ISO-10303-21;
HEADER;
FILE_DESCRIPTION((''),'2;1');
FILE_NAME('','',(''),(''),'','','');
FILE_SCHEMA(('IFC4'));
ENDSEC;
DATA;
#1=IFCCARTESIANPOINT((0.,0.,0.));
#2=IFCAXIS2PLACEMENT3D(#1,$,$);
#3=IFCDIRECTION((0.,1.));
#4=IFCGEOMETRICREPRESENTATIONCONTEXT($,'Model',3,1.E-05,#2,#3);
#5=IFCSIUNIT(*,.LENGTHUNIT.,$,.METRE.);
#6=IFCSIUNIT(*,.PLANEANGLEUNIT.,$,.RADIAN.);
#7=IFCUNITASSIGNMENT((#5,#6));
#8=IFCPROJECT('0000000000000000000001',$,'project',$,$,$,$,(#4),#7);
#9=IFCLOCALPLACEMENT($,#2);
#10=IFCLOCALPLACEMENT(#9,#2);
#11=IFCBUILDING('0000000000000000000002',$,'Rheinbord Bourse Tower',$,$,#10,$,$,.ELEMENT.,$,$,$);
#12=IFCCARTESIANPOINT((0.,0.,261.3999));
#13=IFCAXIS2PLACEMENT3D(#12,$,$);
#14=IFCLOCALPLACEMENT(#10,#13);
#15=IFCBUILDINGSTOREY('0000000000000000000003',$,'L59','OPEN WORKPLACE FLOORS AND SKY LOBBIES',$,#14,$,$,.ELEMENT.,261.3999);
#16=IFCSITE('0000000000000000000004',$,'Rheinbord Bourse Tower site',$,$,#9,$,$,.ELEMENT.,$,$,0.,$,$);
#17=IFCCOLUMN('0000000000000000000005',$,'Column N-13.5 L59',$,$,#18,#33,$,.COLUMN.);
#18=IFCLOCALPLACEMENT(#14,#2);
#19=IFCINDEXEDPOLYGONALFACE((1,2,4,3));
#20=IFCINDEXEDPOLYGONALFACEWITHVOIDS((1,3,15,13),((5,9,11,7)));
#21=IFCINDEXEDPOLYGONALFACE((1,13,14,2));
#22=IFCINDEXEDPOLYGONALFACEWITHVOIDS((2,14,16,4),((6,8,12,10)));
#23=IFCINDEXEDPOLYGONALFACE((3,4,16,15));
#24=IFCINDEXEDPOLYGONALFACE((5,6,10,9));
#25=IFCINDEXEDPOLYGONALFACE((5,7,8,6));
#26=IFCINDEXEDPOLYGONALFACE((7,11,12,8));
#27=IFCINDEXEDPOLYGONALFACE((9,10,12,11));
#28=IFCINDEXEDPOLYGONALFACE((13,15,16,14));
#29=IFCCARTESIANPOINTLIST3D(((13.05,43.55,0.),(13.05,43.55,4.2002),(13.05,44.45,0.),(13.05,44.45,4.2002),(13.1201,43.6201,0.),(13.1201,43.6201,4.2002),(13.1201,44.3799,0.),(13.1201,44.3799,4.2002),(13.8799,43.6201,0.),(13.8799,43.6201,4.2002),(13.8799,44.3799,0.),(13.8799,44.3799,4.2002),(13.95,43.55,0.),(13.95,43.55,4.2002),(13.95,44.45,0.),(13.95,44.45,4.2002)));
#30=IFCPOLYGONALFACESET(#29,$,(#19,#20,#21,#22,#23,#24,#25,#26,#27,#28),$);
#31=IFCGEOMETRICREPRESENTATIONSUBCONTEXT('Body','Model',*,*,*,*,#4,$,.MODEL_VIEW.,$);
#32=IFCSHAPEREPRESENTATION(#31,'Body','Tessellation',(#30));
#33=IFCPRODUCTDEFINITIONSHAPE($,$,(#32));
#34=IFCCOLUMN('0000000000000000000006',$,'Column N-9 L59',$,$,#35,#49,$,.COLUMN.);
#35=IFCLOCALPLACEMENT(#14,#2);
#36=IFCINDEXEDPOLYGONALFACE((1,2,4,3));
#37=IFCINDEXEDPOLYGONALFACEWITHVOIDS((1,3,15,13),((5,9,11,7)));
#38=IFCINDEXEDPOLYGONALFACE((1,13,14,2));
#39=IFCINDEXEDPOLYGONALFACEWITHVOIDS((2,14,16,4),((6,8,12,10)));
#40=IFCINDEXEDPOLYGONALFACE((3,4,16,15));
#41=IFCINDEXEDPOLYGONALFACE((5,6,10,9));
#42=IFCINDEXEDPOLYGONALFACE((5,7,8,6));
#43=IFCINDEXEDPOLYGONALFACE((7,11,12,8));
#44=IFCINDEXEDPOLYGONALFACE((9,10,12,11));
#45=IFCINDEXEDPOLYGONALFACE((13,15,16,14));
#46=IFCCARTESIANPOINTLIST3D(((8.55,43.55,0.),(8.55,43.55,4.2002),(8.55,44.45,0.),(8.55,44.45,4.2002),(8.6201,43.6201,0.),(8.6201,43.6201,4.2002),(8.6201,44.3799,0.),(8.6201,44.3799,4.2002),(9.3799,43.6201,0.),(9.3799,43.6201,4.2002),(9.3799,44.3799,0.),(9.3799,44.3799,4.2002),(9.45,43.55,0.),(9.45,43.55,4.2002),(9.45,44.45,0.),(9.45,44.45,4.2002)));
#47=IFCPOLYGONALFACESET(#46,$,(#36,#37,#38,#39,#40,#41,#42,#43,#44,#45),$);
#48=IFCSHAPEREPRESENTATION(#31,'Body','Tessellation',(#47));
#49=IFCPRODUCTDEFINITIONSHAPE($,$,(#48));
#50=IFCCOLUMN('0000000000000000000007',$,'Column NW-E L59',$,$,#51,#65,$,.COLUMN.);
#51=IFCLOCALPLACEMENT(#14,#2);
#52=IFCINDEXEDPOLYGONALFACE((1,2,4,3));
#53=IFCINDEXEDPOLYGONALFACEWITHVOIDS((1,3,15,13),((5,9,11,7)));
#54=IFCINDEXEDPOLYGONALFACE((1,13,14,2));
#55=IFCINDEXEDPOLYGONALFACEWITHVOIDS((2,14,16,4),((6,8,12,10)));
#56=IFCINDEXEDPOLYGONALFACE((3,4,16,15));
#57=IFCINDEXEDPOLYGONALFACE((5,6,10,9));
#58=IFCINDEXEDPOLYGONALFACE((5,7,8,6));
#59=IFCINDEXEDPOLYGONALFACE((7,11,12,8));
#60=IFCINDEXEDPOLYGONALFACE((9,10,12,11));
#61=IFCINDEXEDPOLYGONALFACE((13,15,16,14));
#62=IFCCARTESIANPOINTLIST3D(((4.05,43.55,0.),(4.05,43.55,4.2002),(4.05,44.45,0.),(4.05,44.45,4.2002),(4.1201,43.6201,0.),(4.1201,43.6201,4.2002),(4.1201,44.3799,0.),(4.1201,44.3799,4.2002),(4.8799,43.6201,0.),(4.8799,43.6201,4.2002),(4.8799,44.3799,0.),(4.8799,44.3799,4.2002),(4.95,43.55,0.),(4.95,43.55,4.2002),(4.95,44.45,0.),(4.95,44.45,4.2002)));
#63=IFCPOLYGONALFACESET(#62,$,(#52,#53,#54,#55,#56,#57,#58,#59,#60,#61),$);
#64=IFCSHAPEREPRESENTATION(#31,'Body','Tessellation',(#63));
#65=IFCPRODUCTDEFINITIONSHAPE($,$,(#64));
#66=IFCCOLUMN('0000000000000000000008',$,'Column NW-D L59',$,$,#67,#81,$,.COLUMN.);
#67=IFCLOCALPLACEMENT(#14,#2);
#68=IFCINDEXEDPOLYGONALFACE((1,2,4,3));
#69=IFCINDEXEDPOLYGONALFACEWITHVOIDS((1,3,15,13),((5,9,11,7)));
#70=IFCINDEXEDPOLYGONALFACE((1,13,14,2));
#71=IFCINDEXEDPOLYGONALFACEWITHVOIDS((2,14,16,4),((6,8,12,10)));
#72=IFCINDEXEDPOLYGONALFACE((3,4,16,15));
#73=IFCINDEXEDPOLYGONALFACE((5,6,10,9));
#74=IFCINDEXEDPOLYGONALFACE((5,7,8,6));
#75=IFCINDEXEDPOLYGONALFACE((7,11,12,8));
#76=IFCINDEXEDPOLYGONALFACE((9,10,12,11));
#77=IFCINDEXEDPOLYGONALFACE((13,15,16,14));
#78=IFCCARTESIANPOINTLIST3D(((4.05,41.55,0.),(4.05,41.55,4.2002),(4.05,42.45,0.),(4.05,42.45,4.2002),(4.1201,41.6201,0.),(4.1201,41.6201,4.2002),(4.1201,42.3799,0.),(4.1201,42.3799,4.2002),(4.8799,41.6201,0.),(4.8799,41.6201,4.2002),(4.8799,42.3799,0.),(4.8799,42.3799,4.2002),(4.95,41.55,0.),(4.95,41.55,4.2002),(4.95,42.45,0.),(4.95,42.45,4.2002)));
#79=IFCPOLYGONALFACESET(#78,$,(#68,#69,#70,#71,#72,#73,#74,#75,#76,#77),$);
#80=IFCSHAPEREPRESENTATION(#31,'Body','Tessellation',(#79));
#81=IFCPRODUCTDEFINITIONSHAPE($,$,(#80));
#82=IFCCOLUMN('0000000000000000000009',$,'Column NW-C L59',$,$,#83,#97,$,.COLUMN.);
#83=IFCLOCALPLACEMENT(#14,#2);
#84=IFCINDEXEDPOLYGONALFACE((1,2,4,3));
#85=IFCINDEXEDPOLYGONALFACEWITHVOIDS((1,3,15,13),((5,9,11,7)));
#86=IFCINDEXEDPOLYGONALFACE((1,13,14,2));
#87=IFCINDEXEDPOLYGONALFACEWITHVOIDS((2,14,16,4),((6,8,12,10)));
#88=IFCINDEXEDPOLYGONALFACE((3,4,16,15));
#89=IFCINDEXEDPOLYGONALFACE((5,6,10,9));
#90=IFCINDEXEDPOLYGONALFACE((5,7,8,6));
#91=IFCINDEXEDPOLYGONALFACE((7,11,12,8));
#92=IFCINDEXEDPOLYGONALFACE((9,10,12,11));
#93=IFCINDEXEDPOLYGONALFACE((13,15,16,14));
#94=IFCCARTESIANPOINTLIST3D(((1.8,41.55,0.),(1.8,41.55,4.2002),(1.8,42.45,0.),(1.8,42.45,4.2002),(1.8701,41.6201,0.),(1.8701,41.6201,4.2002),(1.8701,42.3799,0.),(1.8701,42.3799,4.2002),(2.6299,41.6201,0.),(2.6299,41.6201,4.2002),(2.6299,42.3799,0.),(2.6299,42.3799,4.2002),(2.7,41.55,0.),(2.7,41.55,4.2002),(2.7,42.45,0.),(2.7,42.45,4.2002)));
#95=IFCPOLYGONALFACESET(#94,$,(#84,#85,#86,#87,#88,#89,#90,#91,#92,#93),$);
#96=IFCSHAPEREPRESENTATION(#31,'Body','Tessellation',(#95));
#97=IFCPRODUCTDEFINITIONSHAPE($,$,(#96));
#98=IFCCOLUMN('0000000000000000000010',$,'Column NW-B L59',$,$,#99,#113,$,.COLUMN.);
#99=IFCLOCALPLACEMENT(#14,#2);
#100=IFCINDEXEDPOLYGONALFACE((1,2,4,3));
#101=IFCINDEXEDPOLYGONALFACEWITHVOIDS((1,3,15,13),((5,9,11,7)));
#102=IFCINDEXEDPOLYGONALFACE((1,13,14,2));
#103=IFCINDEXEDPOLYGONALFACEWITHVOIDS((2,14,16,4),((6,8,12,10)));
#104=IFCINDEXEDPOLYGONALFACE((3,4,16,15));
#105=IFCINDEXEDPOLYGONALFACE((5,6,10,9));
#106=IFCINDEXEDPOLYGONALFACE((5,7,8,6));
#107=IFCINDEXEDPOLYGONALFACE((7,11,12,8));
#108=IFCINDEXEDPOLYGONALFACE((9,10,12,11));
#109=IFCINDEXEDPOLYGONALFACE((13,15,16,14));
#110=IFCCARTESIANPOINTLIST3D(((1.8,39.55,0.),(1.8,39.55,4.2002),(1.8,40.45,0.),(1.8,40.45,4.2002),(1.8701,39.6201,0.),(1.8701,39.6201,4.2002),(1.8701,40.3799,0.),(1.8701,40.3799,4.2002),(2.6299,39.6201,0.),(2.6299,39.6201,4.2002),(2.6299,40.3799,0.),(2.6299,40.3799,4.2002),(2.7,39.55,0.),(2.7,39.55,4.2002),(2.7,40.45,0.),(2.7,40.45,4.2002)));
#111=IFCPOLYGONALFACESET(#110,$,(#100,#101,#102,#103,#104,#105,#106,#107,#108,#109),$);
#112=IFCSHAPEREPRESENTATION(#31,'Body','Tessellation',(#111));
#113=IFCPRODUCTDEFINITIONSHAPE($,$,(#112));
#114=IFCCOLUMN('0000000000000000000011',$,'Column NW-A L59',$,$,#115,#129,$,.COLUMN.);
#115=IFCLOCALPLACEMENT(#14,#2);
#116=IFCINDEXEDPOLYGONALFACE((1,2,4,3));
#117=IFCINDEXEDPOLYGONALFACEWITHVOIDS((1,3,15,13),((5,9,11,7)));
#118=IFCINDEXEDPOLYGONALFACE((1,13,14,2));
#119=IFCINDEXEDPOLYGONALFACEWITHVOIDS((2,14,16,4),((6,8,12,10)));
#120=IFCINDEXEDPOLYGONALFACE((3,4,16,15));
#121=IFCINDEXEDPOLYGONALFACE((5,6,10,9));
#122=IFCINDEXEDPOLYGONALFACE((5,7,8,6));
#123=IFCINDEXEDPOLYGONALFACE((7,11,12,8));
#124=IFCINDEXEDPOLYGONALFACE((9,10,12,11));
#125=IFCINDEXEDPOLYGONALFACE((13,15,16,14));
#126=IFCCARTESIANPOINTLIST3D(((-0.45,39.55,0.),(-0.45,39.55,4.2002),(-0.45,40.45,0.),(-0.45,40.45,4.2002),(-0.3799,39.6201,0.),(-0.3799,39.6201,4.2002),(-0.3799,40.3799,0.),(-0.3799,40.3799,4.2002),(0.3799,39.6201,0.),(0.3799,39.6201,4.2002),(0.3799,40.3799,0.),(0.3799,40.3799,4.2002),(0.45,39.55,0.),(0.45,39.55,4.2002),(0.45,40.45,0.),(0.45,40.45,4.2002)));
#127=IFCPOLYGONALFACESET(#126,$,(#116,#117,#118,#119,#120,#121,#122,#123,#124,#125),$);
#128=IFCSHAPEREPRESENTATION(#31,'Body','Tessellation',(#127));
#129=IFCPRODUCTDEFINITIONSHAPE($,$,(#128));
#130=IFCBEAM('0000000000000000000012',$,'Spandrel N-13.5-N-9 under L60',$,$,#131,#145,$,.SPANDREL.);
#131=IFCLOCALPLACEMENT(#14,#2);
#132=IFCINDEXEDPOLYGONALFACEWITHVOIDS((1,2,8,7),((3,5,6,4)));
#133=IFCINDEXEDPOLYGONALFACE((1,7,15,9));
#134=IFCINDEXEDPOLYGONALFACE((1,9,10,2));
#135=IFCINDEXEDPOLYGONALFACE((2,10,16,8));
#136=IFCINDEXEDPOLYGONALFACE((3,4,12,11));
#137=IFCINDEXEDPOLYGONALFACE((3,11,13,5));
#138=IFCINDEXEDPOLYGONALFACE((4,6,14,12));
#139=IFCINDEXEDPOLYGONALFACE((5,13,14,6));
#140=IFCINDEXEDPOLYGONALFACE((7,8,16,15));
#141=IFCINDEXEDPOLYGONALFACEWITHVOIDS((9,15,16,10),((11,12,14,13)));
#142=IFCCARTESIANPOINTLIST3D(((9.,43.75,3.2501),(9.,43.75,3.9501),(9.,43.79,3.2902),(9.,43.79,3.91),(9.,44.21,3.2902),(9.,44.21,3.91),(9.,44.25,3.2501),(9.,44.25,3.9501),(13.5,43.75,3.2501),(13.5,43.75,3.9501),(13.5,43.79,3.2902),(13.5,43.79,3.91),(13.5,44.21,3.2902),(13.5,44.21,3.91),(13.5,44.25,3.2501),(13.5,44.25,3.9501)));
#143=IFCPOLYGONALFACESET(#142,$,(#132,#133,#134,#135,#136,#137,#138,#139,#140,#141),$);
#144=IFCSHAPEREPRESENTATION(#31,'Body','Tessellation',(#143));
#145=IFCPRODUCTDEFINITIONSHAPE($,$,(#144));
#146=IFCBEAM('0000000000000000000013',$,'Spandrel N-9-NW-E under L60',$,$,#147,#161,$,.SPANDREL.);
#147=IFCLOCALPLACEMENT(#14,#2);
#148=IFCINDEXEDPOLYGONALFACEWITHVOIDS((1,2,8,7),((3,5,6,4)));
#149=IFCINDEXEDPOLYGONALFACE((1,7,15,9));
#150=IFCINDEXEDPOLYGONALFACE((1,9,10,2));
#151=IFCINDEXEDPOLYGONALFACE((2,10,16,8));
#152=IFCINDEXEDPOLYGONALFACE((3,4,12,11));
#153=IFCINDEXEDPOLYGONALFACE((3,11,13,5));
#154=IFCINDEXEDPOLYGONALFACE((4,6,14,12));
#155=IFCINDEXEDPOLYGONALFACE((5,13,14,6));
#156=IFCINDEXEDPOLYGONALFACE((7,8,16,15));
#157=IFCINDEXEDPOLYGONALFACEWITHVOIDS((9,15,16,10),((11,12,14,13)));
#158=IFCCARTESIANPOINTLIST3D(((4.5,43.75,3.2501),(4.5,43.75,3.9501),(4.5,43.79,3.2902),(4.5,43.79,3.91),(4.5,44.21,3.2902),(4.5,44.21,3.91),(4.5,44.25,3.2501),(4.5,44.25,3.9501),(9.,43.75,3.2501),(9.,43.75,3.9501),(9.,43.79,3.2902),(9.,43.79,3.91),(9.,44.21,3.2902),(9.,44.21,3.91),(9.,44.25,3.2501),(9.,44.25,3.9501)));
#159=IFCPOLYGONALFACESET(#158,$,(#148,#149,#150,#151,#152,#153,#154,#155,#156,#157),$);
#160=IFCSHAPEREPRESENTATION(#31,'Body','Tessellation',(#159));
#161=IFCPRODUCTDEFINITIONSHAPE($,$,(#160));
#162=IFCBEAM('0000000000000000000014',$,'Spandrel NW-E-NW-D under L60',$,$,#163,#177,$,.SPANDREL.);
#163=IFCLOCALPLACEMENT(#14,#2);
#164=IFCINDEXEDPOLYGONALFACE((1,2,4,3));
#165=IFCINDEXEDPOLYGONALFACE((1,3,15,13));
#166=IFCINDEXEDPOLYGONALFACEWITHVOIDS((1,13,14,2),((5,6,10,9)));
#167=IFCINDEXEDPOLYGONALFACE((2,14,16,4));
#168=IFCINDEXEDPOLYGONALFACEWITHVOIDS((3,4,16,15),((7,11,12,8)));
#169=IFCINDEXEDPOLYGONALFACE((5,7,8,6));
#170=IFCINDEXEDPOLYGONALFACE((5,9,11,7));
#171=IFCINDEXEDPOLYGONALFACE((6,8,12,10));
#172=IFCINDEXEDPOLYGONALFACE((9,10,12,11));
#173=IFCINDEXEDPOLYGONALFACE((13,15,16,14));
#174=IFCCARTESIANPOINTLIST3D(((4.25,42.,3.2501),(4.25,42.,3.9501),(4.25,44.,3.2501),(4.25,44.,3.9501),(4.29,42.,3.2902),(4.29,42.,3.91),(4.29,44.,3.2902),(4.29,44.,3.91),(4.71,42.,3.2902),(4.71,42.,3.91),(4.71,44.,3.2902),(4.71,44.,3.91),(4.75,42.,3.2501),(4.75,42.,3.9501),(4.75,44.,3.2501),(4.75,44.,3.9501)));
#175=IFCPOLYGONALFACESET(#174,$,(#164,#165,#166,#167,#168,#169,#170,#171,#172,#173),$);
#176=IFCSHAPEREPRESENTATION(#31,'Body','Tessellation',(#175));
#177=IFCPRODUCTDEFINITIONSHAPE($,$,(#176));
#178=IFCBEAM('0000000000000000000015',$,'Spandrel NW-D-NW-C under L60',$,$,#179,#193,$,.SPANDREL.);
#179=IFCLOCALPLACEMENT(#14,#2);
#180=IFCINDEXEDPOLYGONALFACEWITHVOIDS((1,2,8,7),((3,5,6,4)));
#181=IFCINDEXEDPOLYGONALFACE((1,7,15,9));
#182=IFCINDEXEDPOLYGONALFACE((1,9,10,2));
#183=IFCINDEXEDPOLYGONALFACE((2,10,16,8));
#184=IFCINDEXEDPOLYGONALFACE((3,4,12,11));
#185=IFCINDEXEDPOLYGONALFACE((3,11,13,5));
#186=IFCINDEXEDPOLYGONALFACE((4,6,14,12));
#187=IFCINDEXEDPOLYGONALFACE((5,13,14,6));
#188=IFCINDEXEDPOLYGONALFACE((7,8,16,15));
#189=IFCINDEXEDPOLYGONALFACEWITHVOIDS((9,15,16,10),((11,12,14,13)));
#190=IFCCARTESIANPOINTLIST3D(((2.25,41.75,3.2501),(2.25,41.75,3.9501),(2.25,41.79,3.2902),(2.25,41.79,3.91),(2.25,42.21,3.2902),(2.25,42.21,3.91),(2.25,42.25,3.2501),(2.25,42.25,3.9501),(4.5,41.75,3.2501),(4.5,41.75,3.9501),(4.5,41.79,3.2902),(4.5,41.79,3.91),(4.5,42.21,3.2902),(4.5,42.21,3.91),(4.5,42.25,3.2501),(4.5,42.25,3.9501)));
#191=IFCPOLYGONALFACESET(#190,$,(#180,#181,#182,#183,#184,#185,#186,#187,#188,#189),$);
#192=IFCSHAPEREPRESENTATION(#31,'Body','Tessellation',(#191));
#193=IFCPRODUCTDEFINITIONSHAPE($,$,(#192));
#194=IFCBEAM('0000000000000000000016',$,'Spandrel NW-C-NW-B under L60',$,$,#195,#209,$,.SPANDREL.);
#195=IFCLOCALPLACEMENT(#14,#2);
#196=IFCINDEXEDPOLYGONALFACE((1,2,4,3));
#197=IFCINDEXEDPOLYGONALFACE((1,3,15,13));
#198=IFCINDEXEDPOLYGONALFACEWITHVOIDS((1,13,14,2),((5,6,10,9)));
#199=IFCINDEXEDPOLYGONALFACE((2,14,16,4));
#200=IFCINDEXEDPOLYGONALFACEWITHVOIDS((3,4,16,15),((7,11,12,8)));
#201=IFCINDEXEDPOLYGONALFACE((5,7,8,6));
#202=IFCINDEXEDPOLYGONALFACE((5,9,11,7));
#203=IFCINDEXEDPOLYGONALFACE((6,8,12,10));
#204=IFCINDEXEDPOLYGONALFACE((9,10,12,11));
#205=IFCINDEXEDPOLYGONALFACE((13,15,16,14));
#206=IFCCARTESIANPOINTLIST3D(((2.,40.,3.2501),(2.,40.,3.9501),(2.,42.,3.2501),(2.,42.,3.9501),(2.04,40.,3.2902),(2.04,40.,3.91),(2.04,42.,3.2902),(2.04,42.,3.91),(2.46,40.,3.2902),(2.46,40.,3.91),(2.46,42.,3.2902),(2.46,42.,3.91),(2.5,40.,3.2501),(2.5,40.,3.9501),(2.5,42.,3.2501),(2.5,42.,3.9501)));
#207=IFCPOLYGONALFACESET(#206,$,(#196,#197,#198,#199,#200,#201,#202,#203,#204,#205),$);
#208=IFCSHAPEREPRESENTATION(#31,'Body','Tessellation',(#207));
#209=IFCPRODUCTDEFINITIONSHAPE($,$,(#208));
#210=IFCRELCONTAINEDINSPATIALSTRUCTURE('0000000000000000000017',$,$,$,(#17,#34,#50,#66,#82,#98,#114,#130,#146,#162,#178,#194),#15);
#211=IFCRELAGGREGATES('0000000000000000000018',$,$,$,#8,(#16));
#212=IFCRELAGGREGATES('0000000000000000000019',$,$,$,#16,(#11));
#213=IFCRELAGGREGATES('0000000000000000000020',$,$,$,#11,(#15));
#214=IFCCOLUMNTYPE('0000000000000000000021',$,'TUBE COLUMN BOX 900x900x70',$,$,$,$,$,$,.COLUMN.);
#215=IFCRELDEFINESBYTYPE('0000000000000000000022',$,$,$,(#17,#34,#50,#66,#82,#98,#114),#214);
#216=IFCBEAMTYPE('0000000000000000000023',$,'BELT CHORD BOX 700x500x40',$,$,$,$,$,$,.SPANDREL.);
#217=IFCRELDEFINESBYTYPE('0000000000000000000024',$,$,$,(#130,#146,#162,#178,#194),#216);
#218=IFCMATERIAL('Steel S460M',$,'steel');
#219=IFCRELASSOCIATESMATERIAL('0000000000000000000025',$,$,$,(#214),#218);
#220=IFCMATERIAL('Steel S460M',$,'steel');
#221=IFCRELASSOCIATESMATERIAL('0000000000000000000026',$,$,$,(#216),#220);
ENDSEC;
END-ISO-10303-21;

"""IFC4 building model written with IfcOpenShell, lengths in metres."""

from ifc_helpers import new_model, si_unit, direction, frame, origin, origin_2d, place, context, subcontext, project, spatial, hollow_rectangle, extrude, material, material_profile, profile_set, type_object, element, save


model = new_model("IFC4")

# Units and contexts
model_context = context("Model", 3, precision=1e-05, world=origin(), true_north=direction((0.0, 1.0)))
body_context = subcontext(model_context, "Body", "Model", "MODEL_VIEW")
ifc_project = project(units=[si_unit("LENGTHUNIT", "METRE"), si_unit("PLANEANGLEUNIT", "RADIAN")], contexts=[model_context])

# Site, building, storey
site_placement = place(None, origin())
site = spatial("IfcSite", under=ifc_project, at=site_placement, Name="Rheinbord Bourse Tower site", CompositionType="ELEMENT", RefElevation=0.0)
building_placement = place(site_placement, origin())
building = spatial("IfcBuilding", under=site, at=building_placement, Name="Rheinbord Bourse Tower", CompositionType="ELEMENT")
storey_placement = place(building_placement, frame((0.0, 0.0, 261.3999)))
storey = spatial("IfcBuildingStorey", under=building, at=storey_placement, Name="L59", Description="OPEN WORKPLACE FLOORS AND SKY LOBBIES", CompositionType="ELEMENT", Elevation=261.3999)

# Columns
ifc_material_1 = material(Name="Steel S460M", Category="steel")
ifc_material_profile_1 = material_profile(ifc_material_1, hollow_rectangle(XDim=0.8999, YDim=0.8999, WallThickness=0.0701, at=origin_2d()), Name="BOX 900x900x70")
ifc_profile_set_1 = profile_set([ifc_material_profile_1], Name="Steel S460M")
column_type = type_object("IfcColumnType", Name="TUBE COLUMN BOX 900x900x70", PredefinedType="COLUMN", material=ifc_profile_set_1)
for number, where, z_axis, x_axis, name in (
    (1, (13.5, 44.0, 0.0), (0.0, 0.0, 1.0), (0.0, 1.0, 0.0), "Column N-13.5 L59"),
    (2, (9.0, 44.0, 0.0), (0.0, 0.0, 1.0), (0.0, 1.0, 0.0), "Column N-9 L59"),
    (3, (4.5, 44.0, 0.0), (0.0, 0.0, 1.0), (0.0, 1.0, 0.0), "Column NW-E L59"),
    (4, (4.5, 42.0, 0.0), (0.0, 0.0, 1.0), (0.0, 1.0, 0.0), "Column NW-D L59"),
    (5, (2.25, 42.0, 0.0), (0.0, 0.0, 1.0), (1.0, 0.0, 0.0), "Column NW-C L59"),
    (6, (2.25, 40.0, 0.0), (0.0, 0.0, 1.0), (1.0, 0.0, 0.0), "Column NW-B L59"),
    (7, (0.0, 40.0, 0.0), (0.0, 0.0, 1.0), (1.0, 0.0, 0.0), "Column NW-A L59"),
):
    element("IfcColumn", number, at=place(storey_placement, frame(where, z_axis=z_axis, x_axis=x_axis)), inside=storey, type_object=column_type, Name=name, PredefinedType="COLUMN", context=body_context, shape_type="SweptSolid", body=[
        extrude(hollow_rectangle(XDim=0.8999, YDim=0.8999, WallThickness=0.0701, at=origin_2d()), origin(), (0.0, 0.0, 1.0), 4.2002),
    ])

# Beams
ifc_material_2 = material(Name="Steel S460M", Category="steel")
ifc_material_profile_2 = material_profile(ifc_material_2, hollow_rectangle(XDim=0.5, YDim=0.7, WallThickness=0.04, at=origin_2d()), Name="BOX 700x500x40")
ifc_profile_set_2 = profile_set([ifc_material_profile_2], Name="Steel S460M")
beam_type_1 = type_object("IfcBeamType", Name="BELT CHORD BOX 700x500x40", PredefinedType="SPANDREL", material=ifc_profile_set_2)
for number, where, z_axis, x_axis, name in (
    (8, (13.5, 44.0, 3.6001), (-1.0, 0.0, 0.0), (0.0, -1.0, 0.0), "Spandrel N-13.5-N-9 under L60"),
    (9, (9.0, 44.0, 3.6001), (-1.0, 0.0, 0.0), (0.0, -1.0, 0.0), "Spandrel N-9-NW-E under L60"),
):
    element("IfcBeam", number, at=place(storey_placement, frame(where, z_axis=z_axis, x_axis=x_axis)), inside=storey, type_object=beam_type_1, Name=name, PredefinedType="SPANDREL", context=body_context, shape_type="SweptSolid", body=[
        extrude(hollow_rectangle(XDim=0.5, YDim=0.7, WallThickness=0.04, at=origin_2d()), origin(), (0.0, 0.0, 1.0), 4.5),
    ])
beam_1_placement = place(storey_placement, frame((4.5, 44.0, 3.6001), z_axis=(0.0, -1.0, 0.0), x_axis=(1.0, 0.0, 0.0)))
element("IfcBeam", 10, at=beam_1_placement, inside=storey, type_object=beam_type_1, Name="Spandrel NW-E-NW-D under L60", PredefinedType="SPANDREL", context=body_context, shape_type="SweptSolid", body=[
    extrude(hollow_rectangle(XDim=0.5, YDim=0.7, WallThickness=0.04, at=origin_2d()), origin(), (0.0, 0.0, 1.0), 2.0),
])
beam_2_placement = place(storey_placement, frame((4.5, 42.0, 3.6001), z_axis=(-1.0, 0.0, 0.0), x_axis=(0.0, -1.0, 0.0)))
element("IfcBeam", 11, at=beam_2_placement, inside=storey, type_object=beam_type_1, Name="Spandrel NW-D-NW-C under L60", PredefinedType="SPANDREL", context=body_context, shape_type="SweptSolid", body=[
    extrude(hollow_rectangle(XDim=0.5, YDim=0.7, WallThickness=0.04, at=origin_2d()), origin(), (0.0, 0.0, 1.0), 2.25),
])
beam_3_placement = place(storey_placement, frame((2.25, 42.0, 3.6001), z_axis=(0.0, -1.0, 0.0), x_axis=(1.0, 0.0, 0.0)))
element("IfcBeam", 12, at=beam_3_placement, inside=storey, type_object=beam_type_1, Name="Spandrel NW-C-NW-B under L60", PredefinedType="SPANDREL", context=body_context, shape_type="SweptSolid", body=[
    extrude(hollow_rectangle(XDim=0.5, YDim=0.7, WallThickness=0.04, at=origin_2d()), origin(), (0.0, 0.0, 1.0), 2.0),
])

save(model, "model.ifc")
